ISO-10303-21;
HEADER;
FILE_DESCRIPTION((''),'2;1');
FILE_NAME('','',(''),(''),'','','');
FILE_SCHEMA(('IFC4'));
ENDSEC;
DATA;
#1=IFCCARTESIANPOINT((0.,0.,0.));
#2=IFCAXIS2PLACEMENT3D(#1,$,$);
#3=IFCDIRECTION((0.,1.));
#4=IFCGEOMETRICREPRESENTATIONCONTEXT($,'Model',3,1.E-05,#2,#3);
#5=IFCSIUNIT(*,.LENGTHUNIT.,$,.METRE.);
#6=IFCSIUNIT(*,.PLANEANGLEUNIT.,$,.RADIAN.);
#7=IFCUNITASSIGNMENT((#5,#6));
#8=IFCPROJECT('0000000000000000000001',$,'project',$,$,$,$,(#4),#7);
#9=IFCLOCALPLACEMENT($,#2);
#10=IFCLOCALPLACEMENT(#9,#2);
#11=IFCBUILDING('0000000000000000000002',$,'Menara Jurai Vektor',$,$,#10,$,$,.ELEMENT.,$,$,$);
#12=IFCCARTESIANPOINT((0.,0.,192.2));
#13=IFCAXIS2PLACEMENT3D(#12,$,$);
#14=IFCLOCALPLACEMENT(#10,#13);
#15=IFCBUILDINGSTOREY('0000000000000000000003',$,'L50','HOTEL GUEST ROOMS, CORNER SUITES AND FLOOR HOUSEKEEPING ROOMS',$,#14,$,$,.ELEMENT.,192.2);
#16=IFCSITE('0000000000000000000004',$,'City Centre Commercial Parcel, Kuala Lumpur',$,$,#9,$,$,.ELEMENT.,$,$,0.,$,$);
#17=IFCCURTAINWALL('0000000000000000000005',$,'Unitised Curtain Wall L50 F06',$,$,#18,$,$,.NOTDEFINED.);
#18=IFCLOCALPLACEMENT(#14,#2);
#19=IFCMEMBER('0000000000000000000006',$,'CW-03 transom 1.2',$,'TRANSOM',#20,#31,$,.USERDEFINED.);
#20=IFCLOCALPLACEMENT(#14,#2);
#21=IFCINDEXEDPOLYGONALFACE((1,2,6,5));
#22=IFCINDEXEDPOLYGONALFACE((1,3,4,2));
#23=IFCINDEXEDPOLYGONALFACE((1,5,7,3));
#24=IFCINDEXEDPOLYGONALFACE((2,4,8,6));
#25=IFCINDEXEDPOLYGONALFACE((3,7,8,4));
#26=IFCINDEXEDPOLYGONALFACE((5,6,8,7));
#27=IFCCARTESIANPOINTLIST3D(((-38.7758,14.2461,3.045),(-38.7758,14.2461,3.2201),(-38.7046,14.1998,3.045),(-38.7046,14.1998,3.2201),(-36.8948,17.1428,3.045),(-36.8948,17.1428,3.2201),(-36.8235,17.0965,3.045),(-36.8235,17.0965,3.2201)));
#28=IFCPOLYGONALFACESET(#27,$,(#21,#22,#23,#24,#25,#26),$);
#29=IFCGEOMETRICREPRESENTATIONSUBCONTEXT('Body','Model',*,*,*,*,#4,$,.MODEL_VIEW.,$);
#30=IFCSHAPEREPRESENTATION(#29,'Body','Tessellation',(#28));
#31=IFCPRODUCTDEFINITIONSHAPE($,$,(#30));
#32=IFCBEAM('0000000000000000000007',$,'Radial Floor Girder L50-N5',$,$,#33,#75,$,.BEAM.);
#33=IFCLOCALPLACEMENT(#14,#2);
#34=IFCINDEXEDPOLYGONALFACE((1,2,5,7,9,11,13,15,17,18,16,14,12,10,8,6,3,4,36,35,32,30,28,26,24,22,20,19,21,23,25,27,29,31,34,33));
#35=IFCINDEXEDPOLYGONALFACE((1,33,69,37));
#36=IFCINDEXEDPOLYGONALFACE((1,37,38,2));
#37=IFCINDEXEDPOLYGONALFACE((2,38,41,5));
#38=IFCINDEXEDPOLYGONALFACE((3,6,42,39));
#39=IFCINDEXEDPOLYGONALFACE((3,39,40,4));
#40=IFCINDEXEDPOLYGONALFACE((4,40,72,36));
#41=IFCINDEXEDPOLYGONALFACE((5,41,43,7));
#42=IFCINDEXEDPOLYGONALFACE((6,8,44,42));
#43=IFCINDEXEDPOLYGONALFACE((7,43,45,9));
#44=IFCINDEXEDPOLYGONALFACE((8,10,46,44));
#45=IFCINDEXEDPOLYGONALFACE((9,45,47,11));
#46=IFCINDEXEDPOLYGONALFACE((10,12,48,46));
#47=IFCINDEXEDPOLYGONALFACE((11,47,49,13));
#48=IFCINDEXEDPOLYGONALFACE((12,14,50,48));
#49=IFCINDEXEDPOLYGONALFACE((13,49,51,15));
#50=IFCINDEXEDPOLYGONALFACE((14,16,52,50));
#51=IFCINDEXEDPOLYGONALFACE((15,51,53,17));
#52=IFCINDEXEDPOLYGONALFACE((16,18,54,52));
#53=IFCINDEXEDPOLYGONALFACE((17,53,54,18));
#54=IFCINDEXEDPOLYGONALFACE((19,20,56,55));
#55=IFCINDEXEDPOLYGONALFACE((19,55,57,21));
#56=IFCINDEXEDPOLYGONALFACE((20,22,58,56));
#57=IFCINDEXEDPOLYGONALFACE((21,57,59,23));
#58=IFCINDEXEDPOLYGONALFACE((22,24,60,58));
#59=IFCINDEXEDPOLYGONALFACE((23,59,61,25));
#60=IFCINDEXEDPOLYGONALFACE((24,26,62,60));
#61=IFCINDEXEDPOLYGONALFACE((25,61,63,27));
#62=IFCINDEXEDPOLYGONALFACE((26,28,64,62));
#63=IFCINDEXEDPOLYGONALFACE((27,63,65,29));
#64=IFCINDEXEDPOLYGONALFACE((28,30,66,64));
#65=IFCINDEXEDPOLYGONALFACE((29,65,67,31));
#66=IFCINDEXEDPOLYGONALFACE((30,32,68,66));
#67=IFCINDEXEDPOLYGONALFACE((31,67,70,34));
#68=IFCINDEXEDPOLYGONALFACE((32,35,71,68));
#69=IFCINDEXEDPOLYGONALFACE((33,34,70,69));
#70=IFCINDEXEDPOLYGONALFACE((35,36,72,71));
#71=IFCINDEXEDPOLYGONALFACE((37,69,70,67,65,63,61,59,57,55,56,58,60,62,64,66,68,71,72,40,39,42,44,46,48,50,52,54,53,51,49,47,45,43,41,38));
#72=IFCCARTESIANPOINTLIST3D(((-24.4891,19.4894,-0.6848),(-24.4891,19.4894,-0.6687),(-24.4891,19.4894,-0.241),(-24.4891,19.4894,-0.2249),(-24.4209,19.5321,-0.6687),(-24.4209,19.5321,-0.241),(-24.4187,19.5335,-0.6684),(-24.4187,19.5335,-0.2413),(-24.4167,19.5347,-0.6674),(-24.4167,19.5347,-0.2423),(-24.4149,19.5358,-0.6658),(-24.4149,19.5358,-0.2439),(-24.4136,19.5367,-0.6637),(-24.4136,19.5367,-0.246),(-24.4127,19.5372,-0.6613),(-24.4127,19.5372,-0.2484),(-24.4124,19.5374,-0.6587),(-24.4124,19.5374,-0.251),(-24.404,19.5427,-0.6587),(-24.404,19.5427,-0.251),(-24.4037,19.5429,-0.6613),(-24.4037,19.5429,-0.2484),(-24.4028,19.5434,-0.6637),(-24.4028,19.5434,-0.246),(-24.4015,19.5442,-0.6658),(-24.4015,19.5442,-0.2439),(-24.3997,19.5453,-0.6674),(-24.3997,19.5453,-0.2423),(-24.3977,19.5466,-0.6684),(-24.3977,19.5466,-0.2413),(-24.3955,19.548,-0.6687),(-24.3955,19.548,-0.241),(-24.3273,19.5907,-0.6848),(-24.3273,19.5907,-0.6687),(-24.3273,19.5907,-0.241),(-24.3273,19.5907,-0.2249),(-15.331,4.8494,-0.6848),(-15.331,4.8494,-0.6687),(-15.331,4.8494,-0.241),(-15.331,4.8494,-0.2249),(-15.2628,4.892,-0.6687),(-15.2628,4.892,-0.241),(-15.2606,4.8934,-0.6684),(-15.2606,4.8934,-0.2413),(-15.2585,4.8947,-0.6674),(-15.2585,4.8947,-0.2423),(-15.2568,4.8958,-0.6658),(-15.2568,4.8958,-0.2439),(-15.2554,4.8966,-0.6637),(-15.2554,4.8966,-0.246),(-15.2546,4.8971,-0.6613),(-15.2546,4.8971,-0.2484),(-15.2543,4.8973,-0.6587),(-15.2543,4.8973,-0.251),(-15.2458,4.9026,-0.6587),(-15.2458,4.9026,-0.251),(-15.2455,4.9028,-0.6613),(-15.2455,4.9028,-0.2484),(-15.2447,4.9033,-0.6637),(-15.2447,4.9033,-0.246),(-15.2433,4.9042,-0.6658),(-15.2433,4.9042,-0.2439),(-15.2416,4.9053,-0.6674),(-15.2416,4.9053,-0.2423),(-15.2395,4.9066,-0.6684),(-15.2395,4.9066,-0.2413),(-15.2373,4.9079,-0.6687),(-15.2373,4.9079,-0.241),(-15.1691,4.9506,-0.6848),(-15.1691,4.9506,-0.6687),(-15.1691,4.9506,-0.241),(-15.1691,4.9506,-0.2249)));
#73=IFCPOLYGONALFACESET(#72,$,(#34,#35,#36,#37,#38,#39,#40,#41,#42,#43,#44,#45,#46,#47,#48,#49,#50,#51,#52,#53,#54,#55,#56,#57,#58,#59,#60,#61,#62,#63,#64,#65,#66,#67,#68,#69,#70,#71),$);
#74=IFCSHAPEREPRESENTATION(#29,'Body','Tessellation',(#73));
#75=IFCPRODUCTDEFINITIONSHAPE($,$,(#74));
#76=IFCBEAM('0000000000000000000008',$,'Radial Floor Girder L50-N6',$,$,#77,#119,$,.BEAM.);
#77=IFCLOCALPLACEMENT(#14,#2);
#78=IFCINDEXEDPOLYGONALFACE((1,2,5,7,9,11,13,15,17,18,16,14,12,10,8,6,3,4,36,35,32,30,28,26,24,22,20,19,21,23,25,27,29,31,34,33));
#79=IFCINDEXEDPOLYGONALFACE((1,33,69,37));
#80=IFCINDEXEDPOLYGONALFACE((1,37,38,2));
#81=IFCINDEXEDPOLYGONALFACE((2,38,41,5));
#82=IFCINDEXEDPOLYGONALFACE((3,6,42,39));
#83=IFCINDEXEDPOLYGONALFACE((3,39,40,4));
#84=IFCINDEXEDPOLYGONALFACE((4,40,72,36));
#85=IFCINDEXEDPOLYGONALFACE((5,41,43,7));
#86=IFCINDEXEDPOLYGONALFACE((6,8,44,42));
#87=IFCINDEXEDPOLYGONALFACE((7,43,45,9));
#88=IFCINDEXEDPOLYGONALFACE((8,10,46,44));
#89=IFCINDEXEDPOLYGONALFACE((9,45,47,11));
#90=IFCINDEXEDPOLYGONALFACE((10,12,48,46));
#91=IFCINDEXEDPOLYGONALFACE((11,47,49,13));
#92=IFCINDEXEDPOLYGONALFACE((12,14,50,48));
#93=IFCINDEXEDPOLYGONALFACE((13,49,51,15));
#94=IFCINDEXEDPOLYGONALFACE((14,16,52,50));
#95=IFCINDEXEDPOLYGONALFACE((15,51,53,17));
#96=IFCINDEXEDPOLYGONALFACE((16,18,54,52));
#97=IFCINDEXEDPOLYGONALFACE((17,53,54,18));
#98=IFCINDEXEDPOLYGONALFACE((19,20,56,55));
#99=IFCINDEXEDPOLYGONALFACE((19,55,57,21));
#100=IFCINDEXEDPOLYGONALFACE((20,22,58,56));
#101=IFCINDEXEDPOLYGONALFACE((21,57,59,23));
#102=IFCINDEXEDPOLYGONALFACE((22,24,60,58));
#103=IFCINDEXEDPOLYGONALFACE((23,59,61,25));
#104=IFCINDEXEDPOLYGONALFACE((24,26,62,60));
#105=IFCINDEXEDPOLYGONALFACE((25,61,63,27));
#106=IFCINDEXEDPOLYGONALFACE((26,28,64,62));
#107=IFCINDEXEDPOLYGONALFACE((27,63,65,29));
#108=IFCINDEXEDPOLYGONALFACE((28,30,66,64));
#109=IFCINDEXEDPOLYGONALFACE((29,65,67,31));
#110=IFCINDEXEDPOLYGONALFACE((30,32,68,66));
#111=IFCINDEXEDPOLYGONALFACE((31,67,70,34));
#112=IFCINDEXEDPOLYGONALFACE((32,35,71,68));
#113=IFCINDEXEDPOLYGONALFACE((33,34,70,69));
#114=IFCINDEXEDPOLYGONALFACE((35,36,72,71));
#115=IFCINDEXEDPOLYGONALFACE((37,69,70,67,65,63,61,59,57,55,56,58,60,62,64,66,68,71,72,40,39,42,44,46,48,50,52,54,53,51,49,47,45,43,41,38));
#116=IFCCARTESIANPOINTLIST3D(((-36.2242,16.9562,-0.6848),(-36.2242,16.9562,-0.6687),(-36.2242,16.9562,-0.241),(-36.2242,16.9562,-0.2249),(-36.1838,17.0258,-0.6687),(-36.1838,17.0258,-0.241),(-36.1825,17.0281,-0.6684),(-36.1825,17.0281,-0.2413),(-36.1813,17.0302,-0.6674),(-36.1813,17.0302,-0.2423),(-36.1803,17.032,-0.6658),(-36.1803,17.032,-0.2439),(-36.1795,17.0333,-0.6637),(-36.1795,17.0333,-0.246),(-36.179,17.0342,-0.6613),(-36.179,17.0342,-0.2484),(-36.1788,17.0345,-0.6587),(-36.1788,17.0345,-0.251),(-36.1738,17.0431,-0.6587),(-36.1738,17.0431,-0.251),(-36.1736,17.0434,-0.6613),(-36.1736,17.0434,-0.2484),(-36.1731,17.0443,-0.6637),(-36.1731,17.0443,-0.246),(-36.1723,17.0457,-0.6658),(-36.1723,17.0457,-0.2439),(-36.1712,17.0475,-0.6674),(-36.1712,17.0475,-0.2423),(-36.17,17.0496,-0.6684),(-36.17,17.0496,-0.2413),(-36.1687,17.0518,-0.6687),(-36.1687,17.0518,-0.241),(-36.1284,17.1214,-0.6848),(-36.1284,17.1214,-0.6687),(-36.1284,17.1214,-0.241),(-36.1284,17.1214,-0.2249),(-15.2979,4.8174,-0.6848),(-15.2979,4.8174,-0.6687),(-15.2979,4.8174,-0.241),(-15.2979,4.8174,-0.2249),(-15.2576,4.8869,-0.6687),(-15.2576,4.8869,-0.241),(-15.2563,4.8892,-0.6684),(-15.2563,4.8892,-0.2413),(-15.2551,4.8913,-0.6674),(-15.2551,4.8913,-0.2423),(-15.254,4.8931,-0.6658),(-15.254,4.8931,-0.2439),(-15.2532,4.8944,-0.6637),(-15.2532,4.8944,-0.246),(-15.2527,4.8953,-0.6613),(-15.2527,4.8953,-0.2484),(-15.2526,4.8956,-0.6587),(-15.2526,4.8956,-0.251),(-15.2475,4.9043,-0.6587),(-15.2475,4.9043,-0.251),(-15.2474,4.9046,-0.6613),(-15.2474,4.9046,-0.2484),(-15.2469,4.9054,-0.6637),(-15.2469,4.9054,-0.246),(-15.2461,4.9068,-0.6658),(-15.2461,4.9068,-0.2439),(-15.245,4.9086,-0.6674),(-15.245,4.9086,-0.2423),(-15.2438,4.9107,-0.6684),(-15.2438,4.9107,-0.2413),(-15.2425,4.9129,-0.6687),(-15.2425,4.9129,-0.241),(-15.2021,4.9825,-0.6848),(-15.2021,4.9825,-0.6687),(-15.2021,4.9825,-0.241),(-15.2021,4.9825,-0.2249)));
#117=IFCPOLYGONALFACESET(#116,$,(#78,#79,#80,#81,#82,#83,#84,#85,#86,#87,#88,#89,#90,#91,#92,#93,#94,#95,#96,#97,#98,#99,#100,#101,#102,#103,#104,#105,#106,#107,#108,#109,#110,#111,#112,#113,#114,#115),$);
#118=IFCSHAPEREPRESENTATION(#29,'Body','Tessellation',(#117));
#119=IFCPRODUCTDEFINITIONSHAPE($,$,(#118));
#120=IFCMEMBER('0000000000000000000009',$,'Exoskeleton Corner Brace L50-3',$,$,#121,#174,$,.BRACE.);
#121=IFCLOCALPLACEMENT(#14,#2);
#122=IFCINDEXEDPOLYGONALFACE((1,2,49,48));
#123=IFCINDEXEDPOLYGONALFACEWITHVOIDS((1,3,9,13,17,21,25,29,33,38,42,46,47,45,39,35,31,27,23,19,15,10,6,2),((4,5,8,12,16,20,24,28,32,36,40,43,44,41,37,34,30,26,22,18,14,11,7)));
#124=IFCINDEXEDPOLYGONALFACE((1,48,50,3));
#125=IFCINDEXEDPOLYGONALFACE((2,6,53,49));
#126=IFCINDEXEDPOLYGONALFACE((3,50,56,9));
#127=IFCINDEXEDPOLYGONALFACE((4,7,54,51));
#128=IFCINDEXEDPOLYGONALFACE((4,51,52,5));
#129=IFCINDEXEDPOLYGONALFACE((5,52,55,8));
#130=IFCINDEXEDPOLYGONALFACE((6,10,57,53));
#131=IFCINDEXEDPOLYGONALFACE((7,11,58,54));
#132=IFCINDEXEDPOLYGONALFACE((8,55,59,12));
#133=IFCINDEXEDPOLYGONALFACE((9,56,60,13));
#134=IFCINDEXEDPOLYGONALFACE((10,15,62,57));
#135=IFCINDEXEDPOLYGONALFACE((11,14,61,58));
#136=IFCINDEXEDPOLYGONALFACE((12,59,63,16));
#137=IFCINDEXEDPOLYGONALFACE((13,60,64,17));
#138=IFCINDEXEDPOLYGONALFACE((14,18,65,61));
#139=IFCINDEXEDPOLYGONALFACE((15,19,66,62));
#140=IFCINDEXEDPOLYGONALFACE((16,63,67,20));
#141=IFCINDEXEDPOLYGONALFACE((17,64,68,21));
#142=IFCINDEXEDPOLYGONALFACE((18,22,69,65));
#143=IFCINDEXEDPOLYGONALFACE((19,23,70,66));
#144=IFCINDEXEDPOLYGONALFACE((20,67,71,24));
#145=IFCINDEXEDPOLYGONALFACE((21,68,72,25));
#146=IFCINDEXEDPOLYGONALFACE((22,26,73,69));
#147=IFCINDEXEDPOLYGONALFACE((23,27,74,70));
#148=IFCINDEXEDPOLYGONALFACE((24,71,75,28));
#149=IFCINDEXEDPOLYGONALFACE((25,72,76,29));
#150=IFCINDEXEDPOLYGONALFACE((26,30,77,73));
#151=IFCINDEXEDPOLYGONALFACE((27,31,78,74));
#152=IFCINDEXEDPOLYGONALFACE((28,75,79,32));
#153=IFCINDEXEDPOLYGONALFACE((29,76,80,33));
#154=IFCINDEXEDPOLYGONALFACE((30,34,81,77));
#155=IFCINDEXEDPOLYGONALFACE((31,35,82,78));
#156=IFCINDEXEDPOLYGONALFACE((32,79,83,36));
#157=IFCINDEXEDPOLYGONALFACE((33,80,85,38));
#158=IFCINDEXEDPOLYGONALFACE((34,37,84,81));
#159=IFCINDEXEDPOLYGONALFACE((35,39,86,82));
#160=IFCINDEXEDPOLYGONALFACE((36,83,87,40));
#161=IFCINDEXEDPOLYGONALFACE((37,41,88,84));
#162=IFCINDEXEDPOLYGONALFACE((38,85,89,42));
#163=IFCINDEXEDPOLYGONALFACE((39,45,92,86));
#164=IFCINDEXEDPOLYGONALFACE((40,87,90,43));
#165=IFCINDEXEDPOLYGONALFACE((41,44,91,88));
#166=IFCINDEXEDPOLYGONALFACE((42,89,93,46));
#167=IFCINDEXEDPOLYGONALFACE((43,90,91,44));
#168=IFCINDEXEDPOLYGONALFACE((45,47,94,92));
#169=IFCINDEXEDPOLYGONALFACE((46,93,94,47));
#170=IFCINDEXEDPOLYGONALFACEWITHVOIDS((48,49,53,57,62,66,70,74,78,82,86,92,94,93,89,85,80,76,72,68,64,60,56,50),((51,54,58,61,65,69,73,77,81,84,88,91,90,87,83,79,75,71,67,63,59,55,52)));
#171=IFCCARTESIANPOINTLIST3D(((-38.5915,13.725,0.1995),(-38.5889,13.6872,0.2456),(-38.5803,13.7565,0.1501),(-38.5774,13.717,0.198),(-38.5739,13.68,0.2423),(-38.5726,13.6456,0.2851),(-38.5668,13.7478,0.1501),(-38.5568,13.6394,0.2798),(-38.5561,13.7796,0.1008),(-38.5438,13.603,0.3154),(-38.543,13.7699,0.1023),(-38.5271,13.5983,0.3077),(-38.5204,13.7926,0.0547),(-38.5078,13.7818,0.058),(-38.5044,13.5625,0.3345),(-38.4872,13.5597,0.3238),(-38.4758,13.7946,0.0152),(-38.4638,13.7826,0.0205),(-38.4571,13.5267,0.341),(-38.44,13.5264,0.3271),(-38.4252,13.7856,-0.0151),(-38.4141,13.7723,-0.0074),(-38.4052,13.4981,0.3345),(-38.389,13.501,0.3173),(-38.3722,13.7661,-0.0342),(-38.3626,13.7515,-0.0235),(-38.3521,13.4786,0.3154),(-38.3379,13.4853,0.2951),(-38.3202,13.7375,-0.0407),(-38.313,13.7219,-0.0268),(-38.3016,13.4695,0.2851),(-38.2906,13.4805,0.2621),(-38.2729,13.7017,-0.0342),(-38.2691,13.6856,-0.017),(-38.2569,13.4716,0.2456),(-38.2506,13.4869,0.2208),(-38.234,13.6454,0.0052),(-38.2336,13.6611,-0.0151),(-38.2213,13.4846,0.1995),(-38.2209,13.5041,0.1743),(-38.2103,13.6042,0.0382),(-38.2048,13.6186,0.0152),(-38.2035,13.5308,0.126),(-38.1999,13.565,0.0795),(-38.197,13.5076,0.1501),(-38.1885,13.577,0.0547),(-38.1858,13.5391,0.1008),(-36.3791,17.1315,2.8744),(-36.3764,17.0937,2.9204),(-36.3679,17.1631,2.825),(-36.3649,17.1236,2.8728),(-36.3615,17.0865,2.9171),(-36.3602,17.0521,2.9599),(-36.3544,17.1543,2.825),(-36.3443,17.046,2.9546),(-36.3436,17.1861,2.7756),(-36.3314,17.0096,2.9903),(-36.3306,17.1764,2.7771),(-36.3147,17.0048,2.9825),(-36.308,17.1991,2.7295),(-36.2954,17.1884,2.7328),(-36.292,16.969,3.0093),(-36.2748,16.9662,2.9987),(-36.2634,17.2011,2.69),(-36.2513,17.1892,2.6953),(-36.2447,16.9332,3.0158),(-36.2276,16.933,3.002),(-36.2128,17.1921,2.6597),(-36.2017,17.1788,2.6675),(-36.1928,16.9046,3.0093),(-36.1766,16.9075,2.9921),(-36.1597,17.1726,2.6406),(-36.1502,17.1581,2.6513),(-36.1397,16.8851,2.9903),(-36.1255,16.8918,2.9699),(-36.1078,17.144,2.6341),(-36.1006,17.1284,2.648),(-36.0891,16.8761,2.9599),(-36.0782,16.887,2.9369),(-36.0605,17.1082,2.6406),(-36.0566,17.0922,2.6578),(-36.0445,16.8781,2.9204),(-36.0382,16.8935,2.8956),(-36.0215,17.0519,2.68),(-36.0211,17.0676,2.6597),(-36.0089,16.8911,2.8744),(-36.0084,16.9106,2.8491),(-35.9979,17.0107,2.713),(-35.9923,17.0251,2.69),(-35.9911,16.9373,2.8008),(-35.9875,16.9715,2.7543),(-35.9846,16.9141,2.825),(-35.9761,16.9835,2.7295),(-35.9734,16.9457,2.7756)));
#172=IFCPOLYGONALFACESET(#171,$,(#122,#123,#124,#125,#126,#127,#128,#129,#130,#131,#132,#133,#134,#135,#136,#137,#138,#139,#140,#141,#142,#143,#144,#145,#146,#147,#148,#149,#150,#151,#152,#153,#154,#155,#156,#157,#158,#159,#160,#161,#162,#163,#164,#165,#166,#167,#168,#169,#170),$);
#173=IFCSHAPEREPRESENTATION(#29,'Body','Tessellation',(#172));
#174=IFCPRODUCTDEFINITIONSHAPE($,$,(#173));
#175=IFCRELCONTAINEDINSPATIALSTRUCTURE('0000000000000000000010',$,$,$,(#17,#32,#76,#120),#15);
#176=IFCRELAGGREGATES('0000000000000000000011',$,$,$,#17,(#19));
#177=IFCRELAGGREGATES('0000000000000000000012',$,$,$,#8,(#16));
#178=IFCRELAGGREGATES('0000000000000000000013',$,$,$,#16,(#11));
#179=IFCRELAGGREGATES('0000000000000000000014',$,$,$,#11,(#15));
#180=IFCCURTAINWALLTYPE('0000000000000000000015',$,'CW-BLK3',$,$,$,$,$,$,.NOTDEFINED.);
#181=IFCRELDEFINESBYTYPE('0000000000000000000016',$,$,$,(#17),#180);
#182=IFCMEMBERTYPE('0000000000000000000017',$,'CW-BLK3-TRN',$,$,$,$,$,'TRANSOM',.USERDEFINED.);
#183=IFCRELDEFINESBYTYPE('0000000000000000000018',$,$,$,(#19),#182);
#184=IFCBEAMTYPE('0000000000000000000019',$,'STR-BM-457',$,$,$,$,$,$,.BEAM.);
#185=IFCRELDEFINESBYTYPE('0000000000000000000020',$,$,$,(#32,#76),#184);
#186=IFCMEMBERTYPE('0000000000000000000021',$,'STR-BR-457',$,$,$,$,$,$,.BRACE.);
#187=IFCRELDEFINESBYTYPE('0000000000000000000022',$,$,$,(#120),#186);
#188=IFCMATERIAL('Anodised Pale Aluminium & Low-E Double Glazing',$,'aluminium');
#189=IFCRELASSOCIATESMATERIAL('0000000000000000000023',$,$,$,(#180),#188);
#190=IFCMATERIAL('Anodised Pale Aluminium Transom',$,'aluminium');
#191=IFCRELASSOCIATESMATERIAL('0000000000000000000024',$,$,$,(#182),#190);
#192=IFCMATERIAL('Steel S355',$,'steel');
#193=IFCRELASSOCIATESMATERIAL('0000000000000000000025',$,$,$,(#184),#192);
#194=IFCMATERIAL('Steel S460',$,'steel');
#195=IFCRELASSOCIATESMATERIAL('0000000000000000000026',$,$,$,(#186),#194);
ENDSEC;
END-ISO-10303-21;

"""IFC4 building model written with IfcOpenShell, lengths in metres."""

from ifc_helpers import new_model, si_unit, direction, frame, origin, origin_2d, place, context, subcontext, project, spatial, rectangle, hollow_circle, i_section, extrude, material, material_profile, profile_set, type_object, element, aggregate, save


model = new_model("IFC4")

# Units and contexts
model_context = context("Model", 3, precision=1e-05, world=origin(), true_north=direction((0.0, 1.0)))
body_context = subcontext(model_context, "Body", "Model", "MODEL_VIEW")
ifc_project = project(units=[si_unit("LENGTHUNIT", "METRE"), si_unit("PLANEANGLEUNIT", "RADIAN")], contexts=[model_context])

# Site, building, storey
site_placement = place(None, origin())
site = spatial("IfcSite", under=ifc_project, at=site_placement, Name="City Centre Commercial Parcel, Kuala Lumpur", CompositionType="ELEMENT", RefElevation=0.0)
building_placement = place(site_placement, origin())
building = spatial("IfcBuilding", under=site, at=building_placement, Name="Menara Jurai Vektor", CompositionType="ELEMENT")
storey_placement = place(building_placement, frame((0.0, 0.0, 192.2)))
storey = spatial("IfcBuildingStorey", under=building, at=storey_placement, Name="L50", Description="HOTEL GUEST ROOMS, CORNER SUITES AND FLOOR HOUSEKEEPING ROOMS", CompositionType="ELEMENT", Elevation=192.2)

# Shared definitions
ifc_material_1 = material(Name="Steel S460", Category="steel")

# Curtain wall
ifc_material_2 = material(Name="Anodised Pale Aluminium & Low-E Double Glazing", Category="aluminium")
curtain_wall_type = type_object("IfcCurtainWallType", Name="CW-BLK3", PredefinedType="NOTDEFINED", material=ifc_material_2)
curtain_wall_1_placement = place(storey_placement, origin())
curtain_wall_1 = element("IfcCurtainWall", 1, at=curtain_wall_1_placement, inside=storey, type_object=curtain_wall_type, Name="Unitised Curtain Wall L50 F06", PredefinedType="NOTDEFINED")

# Member
ifc_material_3 = material(Name="Anodised Pale Aluminium Transom", Category="aluminium")
ifc_material_profile_1 = material_profile(ifc_material_3, rectangle(XDim=0.085, YDim=0.175, at=origin_2d()), Name="ALU TRN 85x175")
ifc_profile_set_1 = profile_set([ifc_material_profile_1], Name="Anodised Pale Aluminium Transom")
member_type_1 = type_object("IfcMemberType", Name="CW-BLK3-TRN", ElementType="TRANSOM", PredefinedType="USERDEFINED", material=ifc_profile_set_1)
member_1_placement = place(storey_placement, frame((-36.8591, 17.1196, 3.1326), z_axis=(-0.544628, -0.838678, 0.0), x_axis=(0.838678, -0.544628, 0.0)))
member_1 = element("IfcMember", 2, at=member_1_placement, type_object=member_type_1, Name="CW-03 transom 1.2", ObjectType="TRANSOM", PredefinedType="USERDEFINED", context=body_context, shape_type="SweptSolid", body=[
    extrude(rectangle(XDim=0.085, YDim=0.175, at=origin_2d()), origin(), (0.0, 0.0, 1.0), 3.4539),
])

# Beams
ifc_material_4 = material(Name="Steel S355", Category="steel")
ifc_material_profile_2 = material_profile(ifc_material_4, i_section(OverallWidth=0.1909, OverallDepth=0.46, WebThickness=0.01, FlangeThickness=0.0161, FilletRadius=0.01, at=origin_2d()), Name="UKB 457x191x82")
ifc_profile_set_2 = profile_set([ifc_material_profile_2], Name="Steel S355")
beam_type_1 = type_object("IfcBeamType", Name="STR-BM-457", PredefinedType="BEAM", material=ifc_profile_set_2)
beam_1_placement = place(storey_placement, frame((-24.4082, 19.54, -0.4548), z_axis=(0.530337, -0.847787, 0.0), x_axis=(0.847787, 0.530337, 0.0)))
element("IfcBeam", 3, at=beam_1_placement, inside=storey, type_object=beam_type_1, Name="Radial Floor Girder L50-N5", PredefinedType="BEAM", context=body_context, shape_type="SweptSolid", body=[
    extrude(i_section(OverallWidth=0.1909, OverallDepth=0.46, WebThickness=0.01, FlangeThickness=0.0161, FilletRadius=0.01, at=origin_2d()), origin(), (0.0, 0.0, 1.0), 17.2686),
])
beam_2_placement = place(storey_placement, frame((-36.1763, 17.0388, -0.4548), z_axis=(0.865001, -0.50177, 0.0), x_axis=(0.50177, 0.865001, 0.0)))
element("IfcBeam", 4, at=beam_2_placement, inside=storey, type_object=beam_type_1, Name="Radial Floor Girder L50-N6", PredefinedType="BEAM", context=body_context, shape_type="SweptSolid", body=[
    extrude(i_section(OverallWidth=0.1909, OverallDepth=0.46, WebThickness=0.01, FlangeThickness=0.0161, FilletRadius=0.01, at=origin_2d()), origin(), (0.0, 0.0, 1.0), 24.1921),
])

# Member
ifc_material_profile_3 = material_profile(ifc_material_1, hollow_circle(Radius=0.2285, WallThickness=0.0161, at=origin_2d()), Name="CHS 457x16")
ifc_profile_set_3 = profile_set([ifc_material_profile_3], Name="Steel S460")
member_type_2 = type_object("IfcMemberType", Name="STR-BR-457", PredefinedType="BRACE", material=ifc_profile_set_3)
member_2_placement = place(storey_placement, frame((-38.3887, 13.6321, 0.1501), z_axis=(0.4549, 0.700422, 0.549977), x_axis=(-0.838648, 0.544674, 0.0)))
element("IfcMember", 5, at=member_2_placement, inside=storey, type_object=member_type_2, Name="Exoskeleton Corner Brace L50-3", PredefinedType="BRACE", context=body_context, shape_type="SweptSolid", body=[
    extrude(hollow_circle(Radius=0.2285, WallThickness=0.0161, at=origin_2d()), origin(), (0.0, 0.0, 1.0), 4.8635),
])

aggregate(curtain_wall_1, [member_1])

save(model, "model.ifc")
